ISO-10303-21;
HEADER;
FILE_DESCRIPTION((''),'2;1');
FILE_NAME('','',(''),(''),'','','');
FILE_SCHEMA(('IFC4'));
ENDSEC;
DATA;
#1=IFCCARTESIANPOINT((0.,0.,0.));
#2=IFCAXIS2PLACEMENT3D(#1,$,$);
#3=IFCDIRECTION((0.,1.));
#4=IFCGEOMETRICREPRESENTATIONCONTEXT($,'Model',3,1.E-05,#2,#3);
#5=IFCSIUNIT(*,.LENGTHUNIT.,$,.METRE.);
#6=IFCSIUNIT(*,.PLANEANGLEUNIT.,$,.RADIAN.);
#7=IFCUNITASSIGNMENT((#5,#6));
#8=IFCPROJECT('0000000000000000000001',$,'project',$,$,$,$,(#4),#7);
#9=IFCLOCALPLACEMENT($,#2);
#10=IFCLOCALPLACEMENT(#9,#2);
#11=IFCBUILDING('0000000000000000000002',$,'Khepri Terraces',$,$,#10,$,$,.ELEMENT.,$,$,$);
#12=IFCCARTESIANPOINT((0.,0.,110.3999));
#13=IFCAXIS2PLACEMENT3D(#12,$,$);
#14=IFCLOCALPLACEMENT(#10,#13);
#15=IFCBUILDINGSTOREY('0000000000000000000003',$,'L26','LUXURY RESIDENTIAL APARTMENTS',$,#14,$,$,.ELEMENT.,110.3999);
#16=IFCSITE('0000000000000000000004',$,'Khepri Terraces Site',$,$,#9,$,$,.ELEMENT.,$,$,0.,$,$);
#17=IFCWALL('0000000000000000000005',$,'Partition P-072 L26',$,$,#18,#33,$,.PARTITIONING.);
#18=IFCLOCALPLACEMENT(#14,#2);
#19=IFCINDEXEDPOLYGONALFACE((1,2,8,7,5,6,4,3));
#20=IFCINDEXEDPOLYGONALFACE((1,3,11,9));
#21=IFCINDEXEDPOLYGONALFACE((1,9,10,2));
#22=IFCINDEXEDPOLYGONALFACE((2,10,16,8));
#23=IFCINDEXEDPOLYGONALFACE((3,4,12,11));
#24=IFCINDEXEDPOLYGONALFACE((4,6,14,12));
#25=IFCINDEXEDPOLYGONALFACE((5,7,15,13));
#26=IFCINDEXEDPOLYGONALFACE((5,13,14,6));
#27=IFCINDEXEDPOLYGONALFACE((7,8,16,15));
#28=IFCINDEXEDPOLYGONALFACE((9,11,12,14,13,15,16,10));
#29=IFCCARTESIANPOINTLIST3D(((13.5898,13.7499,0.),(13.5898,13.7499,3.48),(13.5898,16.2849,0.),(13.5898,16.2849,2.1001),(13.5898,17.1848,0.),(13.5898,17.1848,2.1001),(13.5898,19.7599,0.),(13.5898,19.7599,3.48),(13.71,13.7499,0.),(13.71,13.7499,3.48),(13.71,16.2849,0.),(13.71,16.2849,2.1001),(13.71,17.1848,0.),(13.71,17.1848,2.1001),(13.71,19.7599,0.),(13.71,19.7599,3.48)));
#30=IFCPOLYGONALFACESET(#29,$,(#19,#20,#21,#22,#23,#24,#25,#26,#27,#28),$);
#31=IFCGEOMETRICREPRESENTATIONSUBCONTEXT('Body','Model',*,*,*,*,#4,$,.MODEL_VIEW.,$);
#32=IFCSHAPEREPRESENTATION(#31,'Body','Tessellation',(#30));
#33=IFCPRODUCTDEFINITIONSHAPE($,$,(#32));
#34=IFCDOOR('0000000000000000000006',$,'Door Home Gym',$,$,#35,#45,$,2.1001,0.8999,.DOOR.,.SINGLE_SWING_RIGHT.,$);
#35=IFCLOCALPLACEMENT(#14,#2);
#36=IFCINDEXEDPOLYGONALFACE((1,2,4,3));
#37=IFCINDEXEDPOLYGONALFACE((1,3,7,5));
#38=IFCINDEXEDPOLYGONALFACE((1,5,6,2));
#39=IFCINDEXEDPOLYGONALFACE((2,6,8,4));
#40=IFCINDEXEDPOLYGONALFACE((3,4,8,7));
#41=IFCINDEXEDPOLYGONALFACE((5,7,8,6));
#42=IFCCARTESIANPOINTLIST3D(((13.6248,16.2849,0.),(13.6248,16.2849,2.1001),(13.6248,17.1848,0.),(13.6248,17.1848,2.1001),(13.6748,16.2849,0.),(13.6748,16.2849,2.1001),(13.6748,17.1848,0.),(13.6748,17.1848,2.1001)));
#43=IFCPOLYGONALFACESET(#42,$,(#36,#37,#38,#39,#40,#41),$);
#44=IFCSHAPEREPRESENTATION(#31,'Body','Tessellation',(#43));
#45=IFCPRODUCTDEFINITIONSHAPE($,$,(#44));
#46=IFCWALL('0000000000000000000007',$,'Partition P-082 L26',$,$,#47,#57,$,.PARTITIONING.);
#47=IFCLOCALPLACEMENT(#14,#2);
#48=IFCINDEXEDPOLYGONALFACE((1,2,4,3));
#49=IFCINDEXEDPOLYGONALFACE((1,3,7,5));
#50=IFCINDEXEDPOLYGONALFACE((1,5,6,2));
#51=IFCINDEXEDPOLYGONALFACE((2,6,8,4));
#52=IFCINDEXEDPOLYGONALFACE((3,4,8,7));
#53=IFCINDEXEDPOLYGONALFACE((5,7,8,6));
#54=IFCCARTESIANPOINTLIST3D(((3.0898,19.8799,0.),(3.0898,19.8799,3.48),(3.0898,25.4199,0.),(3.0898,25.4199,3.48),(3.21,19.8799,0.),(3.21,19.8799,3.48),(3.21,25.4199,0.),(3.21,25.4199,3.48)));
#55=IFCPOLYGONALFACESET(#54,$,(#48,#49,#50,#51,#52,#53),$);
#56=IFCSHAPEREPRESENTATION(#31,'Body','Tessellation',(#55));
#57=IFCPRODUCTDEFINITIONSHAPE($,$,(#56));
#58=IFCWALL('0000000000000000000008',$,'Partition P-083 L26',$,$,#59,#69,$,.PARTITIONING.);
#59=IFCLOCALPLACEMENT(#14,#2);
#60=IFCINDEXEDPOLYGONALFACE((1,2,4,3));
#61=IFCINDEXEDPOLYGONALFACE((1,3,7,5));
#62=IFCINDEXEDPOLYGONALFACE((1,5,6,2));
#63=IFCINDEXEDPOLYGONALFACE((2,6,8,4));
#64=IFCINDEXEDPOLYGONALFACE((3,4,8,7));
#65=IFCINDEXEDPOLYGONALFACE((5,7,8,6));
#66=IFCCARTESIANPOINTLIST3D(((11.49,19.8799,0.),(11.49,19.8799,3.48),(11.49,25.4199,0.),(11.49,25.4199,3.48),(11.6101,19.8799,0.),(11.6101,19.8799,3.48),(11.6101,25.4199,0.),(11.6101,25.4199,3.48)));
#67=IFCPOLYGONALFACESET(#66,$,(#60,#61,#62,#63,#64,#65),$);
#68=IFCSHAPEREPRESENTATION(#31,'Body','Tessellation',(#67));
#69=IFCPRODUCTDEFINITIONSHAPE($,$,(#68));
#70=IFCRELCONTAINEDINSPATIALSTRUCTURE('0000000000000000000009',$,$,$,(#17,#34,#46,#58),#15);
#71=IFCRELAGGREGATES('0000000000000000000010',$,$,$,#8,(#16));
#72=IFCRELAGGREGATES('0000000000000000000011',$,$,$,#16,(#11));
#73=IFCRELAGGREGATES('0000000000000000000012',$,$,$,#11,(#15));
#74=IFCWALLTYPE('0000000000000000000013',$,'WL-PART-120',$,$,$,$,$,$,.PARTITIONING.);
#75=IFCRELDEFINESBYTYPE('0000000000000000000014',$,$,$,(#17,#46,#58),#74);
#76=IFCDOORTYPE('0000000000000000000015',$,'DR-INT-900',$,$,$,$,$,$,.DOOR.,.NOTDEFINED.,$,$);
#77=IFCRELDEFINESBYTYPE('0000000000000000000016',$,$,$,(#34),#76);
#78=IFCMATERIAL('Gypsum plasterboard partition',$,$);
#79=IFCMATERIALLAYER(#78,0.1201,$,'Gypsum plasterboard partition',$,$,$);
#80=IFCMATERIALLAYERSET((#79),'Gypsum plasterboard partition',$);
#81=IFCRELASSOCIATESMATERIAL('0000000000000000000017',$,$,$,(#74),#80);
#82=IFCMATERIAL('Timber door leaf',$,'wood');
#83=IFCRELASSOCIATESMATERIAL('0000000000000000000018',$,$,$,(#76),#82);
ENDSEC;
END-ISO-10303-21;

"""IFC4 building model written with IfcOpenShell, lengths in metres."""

from ifc_helpers import new_model, si_unit, direction, frame, frame_2d, origin, place, context, subcontext, project, spatial, rectangle, extrude, material, layer, layer_set, type_object, element, fill, save


model = new_model("IFC4")

# Units and contexts
model_context = context("Model", 3, precision=1e-05, world=origin(), true_north=direction((0.0, 1.0)))
body_context = subcontext(model_context, "Body", "Model", "MODEL_VIEW")
ifc_project = project(units=[si_unit("LENGTHUNIT", "METRE"), si_unit("PLANEANGLEUNIT", "RADIAN")], contexts=[model_context])

# Site, building, storey
site_placement = place(None, origin())
site = spatial("IfcSite", under=ifc_project, at=site_placement, Name="Khepri Terraces Site", CompositionType="ELEMENT", RefElevation=0.0)
building_placement = place(site_placement, origin())
building = spatial("IfcBuilding", under=site, at=building_placement, Name="Khepri Terraces", CompositionType="ELEMENT")
storey_placement = place(building_placement, frame((0.0, 0.0, 110.3999)))
storey = spatial("IfcBuildingStorey", under=building, at=storey_placement, Name="L26", Description="LUXURY RESIDENTIAL APARTMENTS", CompositionType="ELEMENT", Elevation=110.3999)

# Shared definitions
ifc_material_1 = material(Name="Gypsum plasterboard partition")
ifc_layer_1 = layer(ifc_material_1, 0.1201, Name="Gypsum plasterboard partition")
ifc_layer_set_1 = layer_set([ifc_layer_1], Name="Gypsum plasterboard partition")
wall_type_1 = type_object("IfcWallType", Name="WL-PART-120", PredefinedType="PARTITIONING", material=ifc_layer_set_1)

# Wall, opening, door
wall_1_placement = place(storey_placement, frame((13.6499, 13.75, 0.0), z_axis=(0.0, 0.0, 1.0), x_axis=(0.0, 1.0, 0.0)))
wall_1 = element("IfcWall", 1, at=wall_1_placement, inside=storey, type_object=wall_type_1, Name="Partition P-072 L26", PredefinedType="PARTITIONING", context=body_context, shape_type="SweptSolid", body=[
    extrude(rectangle(XDim=6.01, YDim=0.1201, at=frame_2d((3.0049, 0.0))), origin(), (0.0, 0.0, 1.0), 3.48),
])
opening_1_placement = place(wall_1_placement, frame((2.5349, 0.0, 0.0)))
opening_1 = element("IfcOpeningElement", 2, at=opening_1_placement, cuts=wall_1, PredefinedType="OPENING", context=body_context, shape_type="SweptSolid", body=[
    extrude(rectangle(XDim=0.8999, YDim=2.1001, at=frame_2d((0.45, 1.05))), frame((0.0, 0.0701, 0.0), z_axis=(0.0, -1.0, 0.0), x_axis=(1.0, 0.0, 0.0)), (0.0, 0.0, 1.0), 0.1401),
])
ifc_material_2 = material(Name="Timber door leaf", Category="wood")
door_type_1 = type_object("IfcDoorType", Name="DR-INT-900", OperationType="NOTDEFINED", PredefinedType="DOOR", material=ifc_material_2)
door_1_placement = place(opening_1_placement, frame((0.8999, 0.0, 0.0), z_axis=(0.0, 0.0, 1.0), x_axis=(-1.0, 0.0, 0.0)))
door_1 = element("IfcDoor", 3, at=door_1_placement, inside=storey, type_object=door_type_1, Name="Door Home Gym", OperationType="SINGLE_SWING_RIGHT", OverallHeight=2.1001, OverallWidth=0.8999, PredefinedType="DOOR", context=body_context, shape_type="SweptSolid", body=[
    extrude(rectangle(XDim=0.8999, YDim=2.1001, at=frame_2d((0.45, 1.05))), frame((0.0, 0.0249, 0.0), z_axis=(0.0, -1.0, 0.0), x_axis=(1.0, 0.0, 0.0)), (0.0, 0.0, 1.0), 0.05),
])
fill(opening_1, door_1)

# Walls
for number, where, z_axis, x_axis, name in (
    (4, (3.1499, 19.8799, 0.0), (0.0, 0.0, 1.0), (0.0, 1.0, 0.0), "Partition P-082 L26"),
    (5, (11.55, 19.8799, 0.0), (0.0, 0.0, 1.0), (0.0, 1.0, 0.0), "Partition P-083 L26"),
):
    element("IfcWall", number, at=place(storey_placement, frame(where, z_axis=z_axis, x_axis=x_axis)), inside=storey, type_object=wall_type_1, Name=name, PredefinedType="PARTITIONING", context=body_context, shape_type="SweptSolid", body=[
        extrude(rectangle(XDim=5.54, YDim=0.1201, at=frame_2d((2.77, 0.0))), origin(), (0.0, 0.0, 1.0), 3.48),
    ])

save(model, "model.ifc")
